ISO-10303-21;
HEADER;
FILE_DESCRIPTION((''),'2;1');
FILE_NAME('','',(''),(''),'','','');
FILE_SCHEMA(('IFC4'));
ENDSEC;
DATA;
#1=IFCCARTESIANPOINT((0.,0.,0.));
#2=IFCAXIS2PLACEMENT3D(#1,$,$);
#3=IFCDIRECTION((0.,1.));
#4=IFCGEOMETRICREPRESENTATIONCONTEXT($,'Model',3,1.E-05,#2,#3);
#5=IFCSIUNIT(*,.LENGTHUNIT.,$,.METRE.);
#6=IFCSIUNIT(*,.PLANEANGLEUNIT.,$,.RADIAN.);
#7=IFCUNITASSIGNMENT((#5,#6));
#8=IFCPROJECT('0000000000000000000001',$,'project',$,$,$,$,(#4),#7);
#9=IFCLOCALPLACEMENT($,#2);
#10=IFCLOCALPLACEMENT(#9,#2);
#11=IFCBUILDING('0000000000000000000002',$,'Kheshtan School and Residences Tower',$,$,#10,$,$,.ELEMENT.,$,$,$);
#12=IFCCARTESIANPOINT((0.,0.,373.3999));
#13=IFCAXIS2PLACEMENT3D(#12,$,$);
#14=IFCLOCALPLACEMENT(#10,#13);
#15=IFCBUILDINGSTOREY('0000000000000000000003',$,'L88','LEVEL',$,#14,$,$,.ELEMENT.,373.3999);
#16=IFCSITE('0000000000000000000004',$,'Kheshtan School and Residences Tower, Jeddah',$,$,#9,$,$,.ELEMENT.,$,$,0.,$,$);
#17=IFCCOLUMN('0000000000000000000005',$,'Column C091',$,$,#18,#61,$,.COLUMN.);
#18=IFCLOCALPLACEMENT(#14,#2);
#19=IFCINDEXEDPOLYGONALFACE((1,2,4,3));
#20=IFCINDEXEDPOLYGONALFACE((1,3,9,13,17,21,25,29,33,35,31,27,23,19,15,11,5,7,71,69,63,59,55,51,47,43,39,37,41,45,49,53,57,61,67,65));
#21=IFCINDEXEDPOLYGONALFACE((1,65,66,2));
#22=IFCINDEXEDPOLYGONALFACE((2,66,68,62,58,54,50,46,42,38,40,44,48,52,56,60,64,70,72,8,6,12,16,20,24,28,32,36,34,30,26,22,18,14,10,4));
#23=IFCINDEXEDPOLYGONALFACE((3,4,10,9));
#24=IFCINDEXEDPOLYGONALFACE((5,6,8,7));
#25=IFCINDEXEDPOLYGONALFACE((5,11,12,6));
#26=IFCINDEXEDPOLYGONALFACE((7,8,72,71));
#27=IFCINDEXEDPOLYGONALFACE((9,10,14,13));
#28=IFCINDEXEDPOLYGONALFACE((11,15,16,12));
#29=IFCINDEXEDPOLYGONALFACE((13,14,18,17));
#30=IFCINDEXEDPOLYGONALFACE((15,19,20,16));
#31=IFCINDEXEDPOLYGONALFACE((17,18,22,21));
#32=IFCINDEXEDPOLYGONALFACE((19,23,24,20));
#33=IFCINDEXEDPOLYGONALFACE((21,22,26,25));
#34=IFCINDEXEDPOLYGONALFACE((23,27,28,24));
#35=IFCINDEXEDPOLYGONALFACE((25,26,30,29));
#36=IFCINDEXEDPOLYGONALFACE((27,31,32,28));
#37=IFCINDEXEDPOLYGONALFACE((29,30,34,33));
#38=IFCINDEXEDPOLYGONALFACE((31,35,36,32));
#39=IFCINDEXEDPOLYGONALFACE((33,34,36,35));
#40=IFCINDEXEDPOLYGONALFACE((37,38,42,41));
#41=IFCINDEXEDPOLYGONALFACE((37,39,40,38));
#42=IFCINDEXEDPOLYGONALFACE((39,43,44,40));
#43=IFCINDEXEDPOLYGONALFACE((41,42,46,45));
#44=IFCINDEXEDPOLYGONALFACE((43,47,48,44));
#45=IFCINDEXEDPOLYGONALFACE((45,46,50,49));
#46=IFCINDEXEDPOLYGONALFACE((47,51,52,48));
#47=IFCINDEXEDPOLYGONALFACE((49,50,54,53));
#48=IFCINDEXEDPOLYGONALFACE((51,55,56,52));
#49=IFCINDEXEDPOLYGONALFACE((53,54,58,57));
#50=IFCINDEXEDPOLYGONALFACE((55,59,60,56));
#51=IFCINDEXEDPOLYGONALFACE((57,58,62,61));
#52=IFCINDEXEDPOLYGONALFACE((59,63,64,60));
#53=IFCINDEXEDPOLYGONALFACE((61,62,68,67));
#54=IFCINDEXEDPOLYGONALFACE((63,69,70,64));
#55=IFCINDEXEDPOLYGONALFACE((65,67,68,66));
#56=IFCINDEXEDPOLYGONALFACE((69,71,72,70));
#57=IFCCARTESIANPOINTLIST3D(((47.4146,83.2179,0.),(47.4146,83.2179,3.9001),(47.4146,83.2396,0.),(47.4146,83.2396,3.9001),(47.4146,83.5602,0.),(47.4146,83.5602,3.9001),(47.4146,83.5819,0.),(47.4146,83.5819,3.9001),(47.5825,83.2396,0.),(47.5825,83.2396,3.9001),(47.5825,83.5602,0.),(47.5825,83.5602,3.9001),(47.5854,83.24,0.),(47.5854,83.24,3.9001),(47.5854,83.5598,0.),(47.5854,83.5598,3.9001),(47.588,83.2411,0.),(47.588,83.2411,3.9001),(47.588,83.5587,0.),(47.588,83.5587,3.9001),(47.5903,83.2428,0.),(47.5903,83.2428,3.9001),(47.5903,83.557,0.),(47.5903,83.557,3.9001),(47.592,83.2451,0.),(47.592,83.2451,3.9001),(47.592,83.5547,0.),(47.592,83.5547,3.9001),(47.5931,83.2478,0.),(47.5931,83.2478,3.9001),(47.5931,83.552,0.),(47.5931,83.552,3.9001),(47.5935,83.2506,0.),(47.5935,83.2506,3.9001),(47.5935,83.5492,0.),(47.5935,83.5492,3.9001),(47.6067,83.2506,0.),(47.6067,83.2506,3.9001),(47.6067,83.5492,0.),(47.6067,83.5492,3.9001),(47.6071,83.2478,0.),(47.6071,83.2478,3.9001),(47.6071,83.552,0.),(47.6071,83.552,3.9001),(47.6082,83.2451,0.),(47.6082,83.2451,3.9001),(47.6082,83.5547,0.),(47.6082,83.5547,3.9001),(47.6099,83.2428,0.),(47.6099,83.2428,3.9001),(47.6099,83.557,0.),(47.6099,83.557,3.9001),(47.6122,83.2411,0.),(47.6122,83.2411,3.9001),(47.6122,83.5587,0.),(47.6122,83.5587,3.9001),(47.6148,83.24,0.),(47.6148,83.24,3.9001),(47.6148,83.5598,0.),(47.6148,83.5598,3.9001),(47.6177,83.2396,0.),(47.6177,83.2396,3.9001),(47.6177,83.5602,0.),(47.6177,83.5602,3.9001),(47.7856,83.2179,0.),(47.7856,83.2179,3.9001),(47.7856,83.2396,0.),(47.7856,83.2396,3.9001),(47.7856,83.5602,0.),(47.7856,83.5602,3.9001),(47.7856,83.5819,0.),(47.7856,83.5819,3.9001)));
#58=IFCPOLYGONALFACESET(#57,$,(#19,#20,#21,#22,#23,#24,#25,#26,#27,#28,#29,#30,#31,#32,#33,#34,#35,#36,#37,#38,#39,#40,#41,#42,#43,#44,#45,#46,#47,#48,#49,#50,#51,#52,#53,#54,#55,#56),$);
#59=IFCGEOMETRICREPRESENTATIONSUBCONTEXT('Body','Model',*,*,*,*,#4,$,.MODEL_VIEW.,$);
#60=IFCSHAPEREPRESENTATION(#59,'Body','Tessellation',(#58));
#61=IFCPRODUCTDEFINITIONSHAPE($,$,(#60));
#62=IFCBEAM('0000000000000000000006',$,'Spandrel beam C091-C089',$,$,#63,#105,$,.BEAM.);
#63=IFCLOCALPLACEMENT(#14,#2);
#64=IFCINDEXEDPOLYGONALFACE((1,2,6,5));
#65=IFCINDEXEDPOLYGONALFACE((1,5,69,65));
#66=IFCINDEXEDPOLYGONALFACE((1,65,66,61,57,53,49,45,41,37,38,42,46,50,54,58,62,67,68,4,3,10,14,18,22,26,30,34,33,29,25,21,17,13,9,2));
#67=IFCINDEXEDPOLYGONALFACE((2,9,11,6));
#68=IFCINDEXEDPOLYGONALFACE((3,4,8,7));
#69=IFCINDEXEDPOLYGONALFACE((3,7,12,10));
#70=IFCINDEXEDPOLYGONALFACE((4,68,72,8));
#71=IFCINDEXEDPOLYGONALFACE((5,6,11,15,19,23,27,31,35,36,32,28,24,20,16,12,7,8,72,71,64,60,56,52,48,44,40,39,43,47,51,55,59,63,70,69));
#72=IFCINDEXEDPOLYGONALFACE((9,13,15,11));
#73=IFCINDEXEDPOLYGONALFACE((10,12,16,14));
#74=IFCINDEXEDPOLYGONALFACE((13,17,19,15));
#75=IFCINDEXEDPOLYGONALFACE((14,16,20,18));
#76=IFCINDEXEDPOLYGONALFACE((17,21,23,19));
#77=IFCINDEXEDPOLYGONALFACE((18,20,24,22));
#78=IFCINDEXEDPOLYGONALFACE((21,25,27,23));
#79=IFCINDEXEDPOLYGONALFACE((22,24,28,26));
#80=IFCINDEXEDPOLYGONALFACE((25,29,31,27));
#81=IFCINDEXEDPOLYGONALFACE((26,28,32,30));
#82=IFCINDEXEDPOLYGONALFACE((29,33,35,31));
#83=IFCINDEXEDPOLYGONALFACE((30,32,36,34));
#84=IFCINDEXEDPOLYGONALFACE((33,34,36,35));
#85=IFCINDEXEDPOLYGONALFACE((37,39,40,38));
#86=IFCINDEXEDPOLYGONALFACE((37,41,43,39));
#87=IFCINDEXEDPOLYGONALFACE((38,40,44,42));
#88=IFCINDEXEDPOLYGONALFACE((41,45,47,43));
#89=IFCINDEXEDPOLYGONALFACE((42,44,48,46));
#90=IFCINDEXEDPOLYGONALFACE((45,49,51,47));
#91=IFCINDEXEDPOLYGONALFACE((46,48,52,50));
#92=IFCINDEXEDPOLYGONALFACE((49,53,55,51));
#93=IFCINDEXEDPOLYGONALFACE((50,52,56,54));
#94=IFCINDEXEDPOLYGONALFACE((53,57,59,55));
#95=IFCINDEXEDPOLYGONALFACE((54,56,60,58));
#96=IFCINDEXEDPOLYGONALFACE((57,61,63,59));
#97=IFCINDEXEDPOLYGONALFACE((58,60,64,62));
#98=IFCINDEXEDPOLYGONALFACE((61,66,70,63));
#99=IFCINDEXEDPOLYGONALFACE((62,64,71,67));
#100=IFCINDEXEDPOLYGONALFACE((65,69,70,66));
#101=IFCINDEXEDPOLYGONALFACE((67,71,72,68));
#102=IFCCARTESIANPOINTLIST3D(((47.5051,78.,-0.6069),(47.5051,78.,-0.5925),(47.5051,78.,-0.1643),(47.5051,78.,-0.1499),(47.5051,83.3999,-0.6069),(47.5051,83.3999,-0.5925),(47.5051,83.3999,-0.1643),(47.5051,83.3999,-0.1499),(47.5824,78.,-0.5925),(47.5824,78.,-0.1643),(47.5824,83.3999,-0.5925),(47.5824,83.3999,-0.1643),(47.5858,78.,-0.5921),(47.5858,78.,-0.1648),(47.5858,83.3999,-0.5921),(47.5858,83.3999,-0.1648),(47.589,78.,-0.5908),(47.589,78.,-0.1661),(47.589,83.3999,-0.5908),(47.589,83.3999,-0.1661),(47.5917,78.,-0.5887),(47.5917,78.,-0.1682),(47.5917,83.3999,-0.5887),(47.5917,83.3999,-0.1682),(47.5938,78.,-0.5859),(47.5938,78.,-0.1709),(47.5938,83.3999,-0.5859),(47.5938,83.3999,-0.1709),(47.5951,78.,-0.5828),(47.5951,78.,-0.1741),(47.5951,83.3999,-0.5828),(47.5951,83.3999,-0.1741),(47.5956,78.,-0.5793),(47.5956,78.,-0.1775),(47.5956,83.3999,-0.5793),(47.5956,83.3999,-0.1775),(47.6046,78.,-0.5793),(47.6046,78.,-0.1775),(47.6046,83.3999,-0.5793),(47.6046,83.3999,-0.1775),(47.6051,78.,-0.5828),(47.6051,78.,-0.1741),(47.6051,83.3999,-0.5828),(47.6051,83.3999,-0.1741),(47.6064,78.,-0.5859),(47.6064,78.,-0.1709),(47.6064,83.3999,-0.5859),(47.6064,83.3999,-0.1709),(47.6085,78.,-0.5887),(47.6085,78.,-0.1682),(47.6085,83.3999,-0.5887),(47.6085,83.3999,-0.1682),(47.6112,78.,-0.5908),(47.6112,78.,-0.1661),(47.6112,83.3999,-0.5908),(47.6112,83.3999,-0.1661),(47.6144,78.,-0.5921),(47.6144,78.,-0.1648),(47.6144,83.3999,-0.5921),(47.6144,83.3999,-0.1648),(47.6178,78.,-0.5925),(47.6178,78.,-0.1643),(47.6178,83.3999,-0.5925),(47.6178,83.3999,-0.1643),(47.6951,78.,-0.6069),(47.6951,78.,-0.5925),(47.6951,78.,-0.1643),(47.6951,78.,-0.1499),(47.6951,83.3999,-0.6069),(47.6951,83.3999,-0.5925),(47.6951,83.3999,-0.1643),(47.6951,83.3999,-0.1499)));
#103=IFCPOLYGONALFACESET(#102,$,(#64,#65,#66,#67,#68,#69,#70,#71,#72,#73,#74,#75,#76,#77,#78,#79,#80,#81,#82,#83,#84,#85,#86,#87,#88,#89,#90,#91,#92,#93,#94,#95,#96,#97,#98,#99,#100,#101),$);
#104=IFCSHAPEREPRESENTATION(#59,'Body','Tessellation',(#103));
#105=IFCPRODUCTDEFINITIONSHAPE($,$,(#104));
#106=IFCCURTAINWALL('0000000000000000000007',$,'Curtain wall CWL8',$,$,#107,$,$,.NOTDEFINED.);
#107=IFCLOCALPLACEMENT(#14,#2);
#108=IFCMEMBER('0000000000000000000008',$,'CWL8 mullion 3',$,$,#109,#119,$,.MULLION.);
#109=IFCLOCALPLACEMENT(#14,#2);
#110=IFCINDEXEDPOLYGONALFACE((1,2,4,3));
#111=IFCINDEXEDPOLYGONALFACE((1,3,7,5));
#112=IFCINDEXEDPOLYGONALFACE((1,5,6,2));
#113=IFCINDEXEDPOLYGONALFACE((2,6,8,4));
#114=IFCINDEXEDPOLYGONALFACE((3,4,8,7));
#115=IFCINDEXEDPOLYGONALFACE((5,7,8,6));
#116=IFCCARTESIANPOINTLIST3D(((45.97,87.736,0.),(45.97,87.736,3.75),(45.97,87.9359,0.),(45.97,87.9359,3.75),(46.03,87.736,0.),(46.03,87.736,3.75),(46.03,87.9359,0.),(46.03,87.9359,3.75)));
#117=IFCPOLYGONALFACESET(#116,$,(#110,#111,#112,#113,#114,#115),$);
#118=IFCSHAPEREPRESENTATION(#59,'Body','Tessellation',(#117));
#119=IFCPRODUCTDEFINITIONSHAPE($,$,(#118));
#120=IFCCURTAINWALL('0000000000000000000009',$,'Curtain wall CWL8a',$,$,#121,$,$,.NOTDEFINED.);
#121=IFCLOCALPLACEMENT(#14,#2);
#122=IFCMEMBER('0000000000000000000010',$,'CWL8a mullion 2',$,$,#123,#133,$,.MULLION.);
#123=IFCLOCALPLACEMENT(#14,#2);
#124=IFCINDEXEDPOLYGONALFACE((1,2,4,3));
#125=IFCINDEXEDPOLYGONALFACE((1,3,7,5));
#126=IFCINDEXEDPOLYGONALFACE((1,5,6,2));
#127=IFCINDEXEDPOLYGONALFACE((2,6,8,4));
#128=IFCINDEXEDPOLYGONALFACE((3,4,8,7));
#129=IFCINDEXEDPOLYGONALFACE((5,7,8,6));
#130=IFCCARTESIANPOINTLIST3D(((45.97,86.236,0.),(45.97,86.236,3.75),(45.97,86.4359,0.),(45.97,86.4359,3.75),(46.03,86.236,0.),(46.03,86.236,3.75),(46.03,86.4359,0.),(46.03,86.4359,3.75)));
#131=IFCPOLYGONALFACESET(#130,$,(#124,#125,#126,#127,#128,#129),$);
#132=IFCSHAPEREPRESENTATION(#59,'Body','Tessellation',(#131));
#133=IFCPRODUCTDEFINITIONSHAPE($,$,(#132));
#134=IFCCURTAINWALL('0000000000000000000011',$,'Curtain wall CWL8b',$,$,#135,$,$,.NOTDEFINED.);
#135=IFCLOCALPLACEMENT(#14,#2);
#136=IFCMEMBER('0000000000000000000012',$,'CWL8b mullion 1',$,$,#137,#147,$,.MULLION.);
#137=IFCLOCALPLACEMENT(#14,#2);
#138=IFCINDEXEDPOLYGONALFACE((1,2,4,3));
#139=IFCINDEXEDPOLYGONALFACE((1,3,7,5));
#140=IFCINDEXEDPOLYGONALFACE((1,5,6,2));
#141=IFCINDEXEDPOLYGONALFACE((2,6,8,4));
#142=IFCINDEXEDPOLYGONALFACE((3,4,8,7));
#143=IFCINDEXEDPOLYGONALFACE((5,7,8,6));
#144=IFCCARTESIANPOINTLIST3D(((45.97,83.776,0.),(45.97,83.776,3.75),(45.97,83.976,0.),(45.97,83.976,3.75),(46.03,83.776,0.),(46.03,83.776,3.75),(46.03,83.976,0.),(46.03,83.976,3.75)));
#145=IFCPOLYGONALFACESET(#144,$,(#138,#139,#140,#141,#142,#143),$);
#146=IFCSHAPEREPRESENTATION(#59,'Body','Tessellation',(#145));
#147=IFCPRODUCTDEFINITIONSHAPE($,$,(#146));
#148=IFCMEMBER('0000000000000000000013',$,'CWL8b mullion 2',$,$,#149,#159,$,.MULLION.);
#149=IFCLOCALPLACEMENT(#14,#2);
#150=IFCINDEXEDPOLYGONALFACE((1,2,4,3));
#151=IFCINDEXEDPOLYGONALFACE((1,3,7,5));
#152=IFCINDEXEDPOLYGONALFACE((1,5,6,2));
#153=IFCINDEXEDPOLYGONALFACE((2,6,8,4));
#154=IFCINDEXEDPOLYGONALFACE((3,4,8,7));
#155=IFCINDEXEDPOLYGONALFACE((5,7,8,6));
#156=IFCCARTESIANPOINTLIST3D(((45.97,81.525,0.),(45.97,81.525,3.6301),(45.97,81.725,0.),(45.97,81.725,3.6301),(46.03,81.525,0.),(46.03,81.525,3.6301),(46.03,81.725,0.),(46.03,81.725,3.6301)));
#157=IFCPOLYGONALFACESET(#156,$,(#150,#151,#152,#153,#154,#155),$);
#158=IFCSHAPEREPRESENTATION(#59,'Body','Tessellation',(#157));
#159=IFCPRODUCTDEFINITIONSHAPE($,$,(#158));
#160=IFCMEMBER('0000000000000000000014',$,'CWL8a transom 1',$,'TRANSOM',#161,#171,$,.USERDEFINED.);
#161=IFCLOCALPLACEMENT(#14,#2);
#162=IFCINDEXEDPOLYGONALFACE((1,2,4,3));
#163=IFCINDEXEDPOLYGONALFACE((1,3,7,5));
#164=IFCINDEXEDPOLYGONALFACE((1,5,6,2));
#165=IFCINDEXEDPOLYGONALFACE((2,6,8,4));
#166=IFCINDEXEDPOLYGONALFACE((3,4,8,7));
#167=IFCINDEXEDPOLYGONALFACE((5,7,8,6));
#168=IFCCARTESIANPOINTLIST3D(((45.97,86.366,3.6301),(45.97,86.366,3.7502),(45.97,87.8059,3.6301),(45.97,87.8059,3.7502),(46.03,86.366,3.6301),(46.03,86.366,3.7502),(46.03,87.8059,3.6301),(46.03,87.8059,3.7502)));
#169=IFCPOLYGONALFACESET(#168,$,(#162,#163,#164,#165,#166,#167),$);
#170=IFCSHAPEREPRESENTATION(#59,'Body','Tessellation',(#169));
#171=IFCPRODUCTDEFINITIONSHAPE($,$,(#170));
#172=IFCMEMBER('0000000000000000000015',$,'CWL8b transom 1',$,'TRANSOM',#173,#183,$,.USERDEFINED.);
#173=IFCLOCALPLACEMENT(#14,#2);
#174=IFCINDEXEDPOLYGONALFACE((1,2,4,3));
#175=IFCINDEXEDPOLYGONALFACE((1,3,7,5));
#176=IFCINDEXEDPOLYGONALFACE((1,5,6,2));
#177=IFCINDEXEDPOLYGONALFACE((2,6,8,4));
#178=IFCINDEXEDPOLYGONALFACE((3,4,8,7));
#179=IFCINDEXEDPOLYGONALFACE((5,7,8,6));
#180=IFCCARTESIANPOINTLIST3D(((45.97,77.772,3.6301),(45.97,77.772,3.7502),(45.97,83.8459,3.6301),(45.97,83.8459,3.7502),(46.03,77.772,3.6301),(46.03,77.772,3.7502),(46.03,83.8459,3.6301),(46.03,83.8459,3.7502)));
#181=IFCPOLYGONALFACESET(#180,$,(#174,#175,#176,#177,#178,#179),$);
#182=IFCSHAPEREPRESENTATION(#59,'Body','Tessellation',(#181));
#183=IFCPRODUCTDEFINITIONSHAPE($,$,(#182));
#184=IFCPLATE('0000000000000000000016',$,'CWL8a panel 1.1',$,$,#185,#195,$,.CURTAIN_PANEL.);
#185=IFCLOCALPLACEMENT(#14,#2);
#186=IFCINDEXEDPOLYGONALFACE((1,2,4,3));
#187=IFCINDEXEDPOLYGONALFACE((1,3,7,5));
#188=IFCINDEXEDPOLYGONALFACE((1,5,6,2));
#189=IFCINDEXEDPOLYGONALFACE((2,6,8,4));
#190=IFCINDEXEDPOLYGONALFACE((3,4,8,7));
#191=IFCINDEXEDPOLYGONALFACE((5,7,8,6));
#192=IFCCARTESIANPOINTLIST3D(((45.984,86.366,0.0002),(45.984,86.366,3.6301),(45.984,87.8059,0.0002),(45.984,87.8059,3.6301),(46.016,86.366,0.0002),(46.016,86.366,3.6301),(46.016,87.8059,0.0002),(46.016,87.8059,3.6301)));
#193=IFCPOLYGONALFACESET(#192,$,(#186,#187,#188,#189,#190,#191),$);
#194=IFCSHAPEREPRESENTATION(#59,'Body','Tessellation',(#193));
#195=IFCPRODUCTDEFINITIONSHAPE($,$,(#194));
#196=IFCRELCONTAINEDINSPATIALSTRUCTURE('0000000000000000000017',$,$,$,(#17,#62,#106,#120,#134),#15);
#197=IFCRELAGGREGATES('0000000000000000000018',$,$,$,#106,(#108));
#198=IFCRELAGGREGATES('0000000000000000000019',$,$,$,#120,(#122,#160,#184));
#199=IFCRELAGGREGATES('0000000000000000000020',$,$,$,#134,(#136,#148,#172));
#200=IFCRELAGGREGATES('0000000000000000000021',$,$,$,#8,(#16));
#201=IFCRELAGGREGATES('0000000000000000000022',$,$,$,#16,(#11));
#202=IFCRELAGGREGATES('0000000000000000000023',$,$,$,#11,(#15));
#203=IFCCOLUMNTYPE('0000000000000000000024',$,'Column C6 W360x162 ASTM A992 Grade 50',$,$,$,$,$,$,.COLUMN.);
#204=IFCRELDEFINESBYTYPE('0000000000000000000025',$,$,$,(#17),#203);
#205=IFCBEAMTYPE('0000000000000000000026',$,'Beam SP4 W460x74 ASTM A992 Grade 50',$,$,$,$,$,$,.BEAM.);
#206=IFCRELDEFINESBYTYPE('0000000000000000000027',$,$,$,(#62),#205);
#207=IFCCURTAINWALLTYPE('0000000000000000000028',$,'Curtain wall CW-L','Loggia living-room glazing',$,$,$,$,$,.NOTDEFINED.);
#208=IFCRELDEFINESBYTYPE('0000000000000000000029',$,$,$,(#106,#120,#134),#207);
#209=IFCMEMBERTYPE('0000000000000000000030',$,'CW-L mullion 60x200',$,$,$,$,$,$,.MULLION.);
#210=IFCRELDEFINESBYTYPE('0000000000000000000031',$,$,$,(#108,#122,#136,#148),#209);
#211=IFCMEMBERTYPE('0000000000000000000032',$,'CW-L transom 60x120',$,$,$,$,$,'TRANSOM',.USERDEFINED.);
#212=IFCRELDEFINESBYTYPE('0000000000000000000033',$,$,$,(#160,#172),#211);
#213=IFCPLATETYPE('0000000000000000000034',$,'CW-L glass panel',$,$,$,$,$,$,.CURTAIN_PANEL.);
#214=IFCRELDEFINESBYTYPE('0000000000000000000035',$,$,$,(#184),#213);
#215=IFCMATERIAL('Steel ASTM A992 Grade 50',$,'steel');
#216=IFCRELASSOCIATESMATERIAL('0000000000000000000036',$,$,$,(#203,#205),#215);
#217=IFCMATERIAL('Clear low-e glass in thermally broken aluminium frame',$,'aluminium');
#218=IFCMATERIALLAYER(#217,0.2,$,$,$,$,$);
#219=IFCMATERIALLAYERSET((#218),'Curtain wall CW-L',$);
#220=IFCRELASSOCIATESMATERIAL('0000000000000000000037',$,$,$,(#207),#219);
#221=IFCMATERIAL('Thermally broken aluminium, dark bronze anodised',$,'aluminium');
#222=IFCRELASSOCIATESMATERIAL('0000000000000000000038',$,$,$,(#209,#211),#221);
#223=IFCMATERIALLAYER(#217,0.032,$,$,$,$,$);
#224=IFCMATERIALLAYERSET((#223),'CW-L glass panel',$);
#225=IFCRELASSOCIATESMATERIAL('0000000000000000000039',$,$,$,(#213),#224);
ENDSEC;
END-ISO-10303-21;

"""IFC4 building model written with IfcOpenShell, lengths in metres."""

from ifc_helpers import new_model, si_unit, direction, frame, origin, origin_2d, place, context, subcontext, project, spatial, rectangle, i_section, extrude, material, layer, layer_set, material_profile, profile_set, type_object, element, aggregate, save


model = new_model("IFC4")

# Units and contexts
model_context = context("Model", 3, precision=1e-05, world=origin(), true_north=direction((0.0, 1.0)))
body_context = subcontext(model_context, "Body", "Model", "MODEL_VIEW")
ifc_project = project(units=[si_unit("LENGTHUNIT", "METRE"), si_unit("PLANEANGLEUNIT", "RADIAN")], contexts=[model_context])

# Site, building, storey
site_placement = place(None, origin())
site = spatial("IfcSite", under=ifc_project, at=site_placement, Name="Kheshtan School and Residences Tower, Jeddah", CompositionType="ELEMENT", RefElevation=0.0)
building_placement = place(site_placement, origin())
building = spatial("IfcBuilding", under=site, at=building_placement, Name="Kheshtan School and Residences Tower", CompositionType="ELEMENT")
storey_placement = place(building_placement, frame((0.0, 0.0, 373.3999)))
storey = spatial("IfcBuildingStorey", under=building, at=storey_placement, Name="L88", Description="LEVEL", CompositionType="ELEMENT", Elevation=373.3999)

# Column
ifc_material_1 = material(Name="Steel ASTM A992 Grade 50", Category="steel")
ifc_material_profile_1 = material_profile(ifc_material_1, i_section(OverallWidth=0.3711, OverallDepth=0.364, WebThickness=0.0132, FlangeThickness=0.0217, FilletRadius=0.011, at=origin_2d()), Name="W360x162")
ifc_profile_set_1 = profile_set([ifc_material_profile_1], Name="Steel ASTM A992 Grade 50")
column_type = type_object("IfcColumnType", Name="Column C6 W360x162 ASTM A992 Grade 50", PredefinedType="COLUMN", material=ifc_profile_set_1)
column_placement = place(storey_placement, frame((47.6001, 83.3999, 0.0), z_axis=(0.0, 0.0, 1.0), x_axis=(1.0, 0.0, 0.0)))
element("IfcColumn", 1, at=column_placement, inside=storey, type_object=column_type, Name="Column C091", PredefinedType="COLUMN", context=body_context, shape_type="SweptSolid", body=[
    extrude(i_section(OverallWidth=0.3711, OverallDepth=0.364, WebThickness=0.0132, FlangeThickness=0.0217, FilletRadius=0.011, at=origin_2d()), origin(), (0.0, 0.0, 1.0), 3.9001),
])

# Beam
ifc_material_profile_2 = material_profile(ifc_material_1, i_section(OverallWidth=0.1899, OverallDepth=0.457, WebThickness=0.009, FlangeThickness=0.0144, FilletRadius=0.0132, at=origin_2d()), Name="W460x74")
ifc_profile_set_2 = profile_set([ifc_material_profile_2], Name="Steel ASTM A992 Grade 50")
beam_type = type_object("IfcBeamType", Name="Beam SP4 W460x74 ASTM A992 Grade 50", PredefinedType="BEAM", material=ifc_profile_set_2)
beam_placement = place(storey_placement, frame((47.6001, 83.3999, -0.3784), z_axis=(0.0, -1.0, 0.0), x_axis=(1.0, 0.0, 0.0)))
element("IfcBeam", 2, at=beam_placement, inside=storey, type_object=beam_type, Name="Spandrel beam C091-C089", PredefinedType="BEAM", context=body_context, shape_type="SweptSolid", body=[
    extrude(i_section(OverallWidth=0.1899, OverallDepth=0.457, WebThickness=0.009, FlangeThickness=0.0144, FilletRadius=0.0132, at=origin_2d()), origin(), (0.0, 0.0, 1.0), 5.3999),
])

# Curtain walls, members
ifc_material_2 = material(Name="Clear low-e glass in thermally broken aluminium frame", Category="aluminium")
ifc_layer_1 = layer(ifc_material_2, 0.2)
ifc_layer_set_1 = layer_set([ifc_layer_1], Name="Curtain wall CW-L")
curtain_wall_type = type_object("IfcCurtainWallType", Name="Curtain wall CW-L", Description="Loggia living-room glazing", PredefinedType="NOTDEFINED", material=ifc_layer_set_1)
curtain_wall_1_placement = place(storey_placement, origin())
curtain_wall_1 = element("IfcCurtainWall", 3, at=curtain_wall_1_placement, inside=storey, type_object=curtain_wall_type, Name="Curtain wall CWL8", PredefinedType="NOTDEFINED")
ifc_material_3 = material(Name="Thermally broken aluminium, dark bronze anodised", Category="aluminium")
ifc_material_profile_3 = material_profile(ifc_material_3, rectangle(XDim=0.0601, YDim=0.2, at=origin_2d()), Name="CW-L mullion 60x200")
ifc_profile_set_3 = profile_set([ifc_material_profile_3], Name="Thermally broken aluminium, dark bronze anodised")
member_type_1 = type_object("IfcMemberType", Name="CW-L mullion 60x200", PredefinedType="MULLION", material=ifc_profile_set_3)
member_1_placement = place(storey_placement, frame((46.0, 87.8359, 0.0), z_axis=(0.0, 0.0, 1.0), x_axis=(1.0, 0.0, 0.0)))
member_1 = element("IfcMember", 4, at=member_1_placement, type_object=member_type_1, Name="CWL8 mullion 3", PredefinedType="MULLION", context=body_context, shape_type="SweptSolid", body=[
    extrude(rectangle(XDim=0.0601, YDim=0.2, at=origin_2d()), origin(), (0.0, 0.0, 1.0), 3.75),
])
aggregate(curtain_wall_1, [member_1])
curtain_wall_2_placement = place(storey_placement, origin())
curtain_wall_2 = element("IfcCurtainWall", 5, at=curtain_wall_2_placement, inside=storey, type_object=curtain_wall_type, Name="Curtain wall CWL8a", PredefinedType="NOTDEFINED")
member_2_placement = place(storey_placement, frame((46.0, 86.3359, 0.0), z_axis=(0.0, 0.0, 1.0), x_axis=(1.0, 0.0, 0.0)))
member_2 = element("IfcMember", 6, at=member_2_placement, type_object=member_type_1, Name="CWL8a mullion 2", PredefinedType="MULLION", context=body_context, shape_type="SweptSolid", body=[
    extrude(rectangle(XDim=0.0601, YDim=0.2, at=origin_2d()), origin(), (0.0, 0.0, 1.0), 3.75),
])

# Curtain wall, members
curtain_wall_3_placement = place(storey_placement, origin())
curtain_wall_3 = element("IfcCurtainWall", 7, at=curtain_wall_3_placement, inside=storey, type_object=curtain_wall_type, Name="Curtain wall CWL8b", PredefinedType="NOTDEFINED")
member_3_placement = place(storey_placement, frame((46.0, 83.876, 0.0), z_axis=(0.0, 0.0, 1.0), x_axis=(1.0, 0.0, 0.0)))
member_3 = element("IfcMember", 8, at=member_3_placement, type_object=member_type_1, Name="CWL8b mullion 1", PredefinedType="MULLION", context=body_context, shape_type="SweptSolid", body=[
    extrude(rectangle(XDim=0.0601, YDim=0.2, at=origin_2d()), origin(), (0.0, 0.0, 1.0), 3.75),
])
member_4_placement = place(storey_placement, frame((46.0, 81.625, 0.0), z_axis=(0.0, 0.0, 1.0), x_axis=(1.0, 0.0, 0.0)))
member_4 = element("IfcMember", 9, at=member_4_placement, type_object=member_type_1, Name="CWL8b mullion 2", PredefinedType="MULLION", context=body_context, shape_type="SweptSolid", body=[
    extrude(rectangle(XDim=0.0601, YDim=0.2, at=origin_2d()), origin(), (0.0, 0.0, 1.0), 3.6301),
])

# Members
ifc_material_profile_4 = material_profile(ifc_material_3, rectangle(XDim=0.0601, YDim=0.1201, at=origin_2d()), Name="CW-L transom 60x120")
ifc_profile_set_4 = profile_set([ifc_material_profile_4], Name="Thermally broken aluminium, dark bronze anodised")
member_type_2 = type_object("IfcMemberType", Name="CW-L transom 60x120", ElementType="TRANSOM", PredefinedType="USERDEFINED", material=ifc_profile_set_4)
member_5_placement = place(storey_placement, frame((46.0, 87.8059, 3.6902), z_axis=(0.0, -1.0, 0.0), x_axis=(1.0, 0.0, 0.0)))
member_5 = element("IfcMember", 10, at=member_5_placement, type_object=member_type_2, Name="CWL8a transom 1", ObjectType="TRANSOM", PredefinedType="USERDEFINED", context=body_context, shape_type="SweptSolid", body=[
    extrude(rectangle(XDim=0.0601, YDim=0.1201, at=origin_2d()), origin(), (0.0, 0.0, 1.0), 1.4399),
])
member_6_placement = place(storey_placement, frame((46.0, 83.8459, 3.6902), z_axis=(0.0, -1.0, 0.0), x_axis=(1.0, 0.0, 0.0)))
member_6 = element("IfcMember", 11, at=member_6_placement, type_object=member_type_2, Name="CWL8b transom 1", ObjectType="TRANSOM", PredefinedType="USERDEFINED", context=body_context, shape_type="SweptSolid", body=[
    extrude(rectangle(XDim=0.0601, YDim=0.1201, at=origin_2d()), origin(), (0.0, 0.0, 1.0), 6.074),
])

# Plate
ifc_layer_2 = layer(ifc_material_2, 0.032)
ifc_layer_set_2 = layer_set([ifc_layer_2], Name="CW-L glass panel")
plate_type = type_object("IfcPlateType", Name="CW-L glass panel", PredefinedType="CURTAIN_PANEL", material=ifc_layer_set_2)
plate_1_placement = place(storey_placement, frame((46.0, 87.0859, 0.0002), z_axis=(0.0, 0.0, 1.0), x_axis=(0.0, -1.0, 0.0)))
plate_1 = element("IfcPlate", 12, at=plate_1_placement, type_object=plate_type, Name="CWL8a panel 1.1", PredefinedType="CURTAIN_PANEL", context=body_context, shape_type="SweptSolid", body=[
    extrude(rectangle(XDim=1.4399, YDim=0.032, at=origin_2d()), origin(), (0.0, 0.0, 1.0), 3.6299),
])
aggregate(curtain_wall_2, [member_2, member_5, plate_1])
aggregate(curtain_wall_3, [member_3, member_4, member_6])

save(model, "model.ifc")
